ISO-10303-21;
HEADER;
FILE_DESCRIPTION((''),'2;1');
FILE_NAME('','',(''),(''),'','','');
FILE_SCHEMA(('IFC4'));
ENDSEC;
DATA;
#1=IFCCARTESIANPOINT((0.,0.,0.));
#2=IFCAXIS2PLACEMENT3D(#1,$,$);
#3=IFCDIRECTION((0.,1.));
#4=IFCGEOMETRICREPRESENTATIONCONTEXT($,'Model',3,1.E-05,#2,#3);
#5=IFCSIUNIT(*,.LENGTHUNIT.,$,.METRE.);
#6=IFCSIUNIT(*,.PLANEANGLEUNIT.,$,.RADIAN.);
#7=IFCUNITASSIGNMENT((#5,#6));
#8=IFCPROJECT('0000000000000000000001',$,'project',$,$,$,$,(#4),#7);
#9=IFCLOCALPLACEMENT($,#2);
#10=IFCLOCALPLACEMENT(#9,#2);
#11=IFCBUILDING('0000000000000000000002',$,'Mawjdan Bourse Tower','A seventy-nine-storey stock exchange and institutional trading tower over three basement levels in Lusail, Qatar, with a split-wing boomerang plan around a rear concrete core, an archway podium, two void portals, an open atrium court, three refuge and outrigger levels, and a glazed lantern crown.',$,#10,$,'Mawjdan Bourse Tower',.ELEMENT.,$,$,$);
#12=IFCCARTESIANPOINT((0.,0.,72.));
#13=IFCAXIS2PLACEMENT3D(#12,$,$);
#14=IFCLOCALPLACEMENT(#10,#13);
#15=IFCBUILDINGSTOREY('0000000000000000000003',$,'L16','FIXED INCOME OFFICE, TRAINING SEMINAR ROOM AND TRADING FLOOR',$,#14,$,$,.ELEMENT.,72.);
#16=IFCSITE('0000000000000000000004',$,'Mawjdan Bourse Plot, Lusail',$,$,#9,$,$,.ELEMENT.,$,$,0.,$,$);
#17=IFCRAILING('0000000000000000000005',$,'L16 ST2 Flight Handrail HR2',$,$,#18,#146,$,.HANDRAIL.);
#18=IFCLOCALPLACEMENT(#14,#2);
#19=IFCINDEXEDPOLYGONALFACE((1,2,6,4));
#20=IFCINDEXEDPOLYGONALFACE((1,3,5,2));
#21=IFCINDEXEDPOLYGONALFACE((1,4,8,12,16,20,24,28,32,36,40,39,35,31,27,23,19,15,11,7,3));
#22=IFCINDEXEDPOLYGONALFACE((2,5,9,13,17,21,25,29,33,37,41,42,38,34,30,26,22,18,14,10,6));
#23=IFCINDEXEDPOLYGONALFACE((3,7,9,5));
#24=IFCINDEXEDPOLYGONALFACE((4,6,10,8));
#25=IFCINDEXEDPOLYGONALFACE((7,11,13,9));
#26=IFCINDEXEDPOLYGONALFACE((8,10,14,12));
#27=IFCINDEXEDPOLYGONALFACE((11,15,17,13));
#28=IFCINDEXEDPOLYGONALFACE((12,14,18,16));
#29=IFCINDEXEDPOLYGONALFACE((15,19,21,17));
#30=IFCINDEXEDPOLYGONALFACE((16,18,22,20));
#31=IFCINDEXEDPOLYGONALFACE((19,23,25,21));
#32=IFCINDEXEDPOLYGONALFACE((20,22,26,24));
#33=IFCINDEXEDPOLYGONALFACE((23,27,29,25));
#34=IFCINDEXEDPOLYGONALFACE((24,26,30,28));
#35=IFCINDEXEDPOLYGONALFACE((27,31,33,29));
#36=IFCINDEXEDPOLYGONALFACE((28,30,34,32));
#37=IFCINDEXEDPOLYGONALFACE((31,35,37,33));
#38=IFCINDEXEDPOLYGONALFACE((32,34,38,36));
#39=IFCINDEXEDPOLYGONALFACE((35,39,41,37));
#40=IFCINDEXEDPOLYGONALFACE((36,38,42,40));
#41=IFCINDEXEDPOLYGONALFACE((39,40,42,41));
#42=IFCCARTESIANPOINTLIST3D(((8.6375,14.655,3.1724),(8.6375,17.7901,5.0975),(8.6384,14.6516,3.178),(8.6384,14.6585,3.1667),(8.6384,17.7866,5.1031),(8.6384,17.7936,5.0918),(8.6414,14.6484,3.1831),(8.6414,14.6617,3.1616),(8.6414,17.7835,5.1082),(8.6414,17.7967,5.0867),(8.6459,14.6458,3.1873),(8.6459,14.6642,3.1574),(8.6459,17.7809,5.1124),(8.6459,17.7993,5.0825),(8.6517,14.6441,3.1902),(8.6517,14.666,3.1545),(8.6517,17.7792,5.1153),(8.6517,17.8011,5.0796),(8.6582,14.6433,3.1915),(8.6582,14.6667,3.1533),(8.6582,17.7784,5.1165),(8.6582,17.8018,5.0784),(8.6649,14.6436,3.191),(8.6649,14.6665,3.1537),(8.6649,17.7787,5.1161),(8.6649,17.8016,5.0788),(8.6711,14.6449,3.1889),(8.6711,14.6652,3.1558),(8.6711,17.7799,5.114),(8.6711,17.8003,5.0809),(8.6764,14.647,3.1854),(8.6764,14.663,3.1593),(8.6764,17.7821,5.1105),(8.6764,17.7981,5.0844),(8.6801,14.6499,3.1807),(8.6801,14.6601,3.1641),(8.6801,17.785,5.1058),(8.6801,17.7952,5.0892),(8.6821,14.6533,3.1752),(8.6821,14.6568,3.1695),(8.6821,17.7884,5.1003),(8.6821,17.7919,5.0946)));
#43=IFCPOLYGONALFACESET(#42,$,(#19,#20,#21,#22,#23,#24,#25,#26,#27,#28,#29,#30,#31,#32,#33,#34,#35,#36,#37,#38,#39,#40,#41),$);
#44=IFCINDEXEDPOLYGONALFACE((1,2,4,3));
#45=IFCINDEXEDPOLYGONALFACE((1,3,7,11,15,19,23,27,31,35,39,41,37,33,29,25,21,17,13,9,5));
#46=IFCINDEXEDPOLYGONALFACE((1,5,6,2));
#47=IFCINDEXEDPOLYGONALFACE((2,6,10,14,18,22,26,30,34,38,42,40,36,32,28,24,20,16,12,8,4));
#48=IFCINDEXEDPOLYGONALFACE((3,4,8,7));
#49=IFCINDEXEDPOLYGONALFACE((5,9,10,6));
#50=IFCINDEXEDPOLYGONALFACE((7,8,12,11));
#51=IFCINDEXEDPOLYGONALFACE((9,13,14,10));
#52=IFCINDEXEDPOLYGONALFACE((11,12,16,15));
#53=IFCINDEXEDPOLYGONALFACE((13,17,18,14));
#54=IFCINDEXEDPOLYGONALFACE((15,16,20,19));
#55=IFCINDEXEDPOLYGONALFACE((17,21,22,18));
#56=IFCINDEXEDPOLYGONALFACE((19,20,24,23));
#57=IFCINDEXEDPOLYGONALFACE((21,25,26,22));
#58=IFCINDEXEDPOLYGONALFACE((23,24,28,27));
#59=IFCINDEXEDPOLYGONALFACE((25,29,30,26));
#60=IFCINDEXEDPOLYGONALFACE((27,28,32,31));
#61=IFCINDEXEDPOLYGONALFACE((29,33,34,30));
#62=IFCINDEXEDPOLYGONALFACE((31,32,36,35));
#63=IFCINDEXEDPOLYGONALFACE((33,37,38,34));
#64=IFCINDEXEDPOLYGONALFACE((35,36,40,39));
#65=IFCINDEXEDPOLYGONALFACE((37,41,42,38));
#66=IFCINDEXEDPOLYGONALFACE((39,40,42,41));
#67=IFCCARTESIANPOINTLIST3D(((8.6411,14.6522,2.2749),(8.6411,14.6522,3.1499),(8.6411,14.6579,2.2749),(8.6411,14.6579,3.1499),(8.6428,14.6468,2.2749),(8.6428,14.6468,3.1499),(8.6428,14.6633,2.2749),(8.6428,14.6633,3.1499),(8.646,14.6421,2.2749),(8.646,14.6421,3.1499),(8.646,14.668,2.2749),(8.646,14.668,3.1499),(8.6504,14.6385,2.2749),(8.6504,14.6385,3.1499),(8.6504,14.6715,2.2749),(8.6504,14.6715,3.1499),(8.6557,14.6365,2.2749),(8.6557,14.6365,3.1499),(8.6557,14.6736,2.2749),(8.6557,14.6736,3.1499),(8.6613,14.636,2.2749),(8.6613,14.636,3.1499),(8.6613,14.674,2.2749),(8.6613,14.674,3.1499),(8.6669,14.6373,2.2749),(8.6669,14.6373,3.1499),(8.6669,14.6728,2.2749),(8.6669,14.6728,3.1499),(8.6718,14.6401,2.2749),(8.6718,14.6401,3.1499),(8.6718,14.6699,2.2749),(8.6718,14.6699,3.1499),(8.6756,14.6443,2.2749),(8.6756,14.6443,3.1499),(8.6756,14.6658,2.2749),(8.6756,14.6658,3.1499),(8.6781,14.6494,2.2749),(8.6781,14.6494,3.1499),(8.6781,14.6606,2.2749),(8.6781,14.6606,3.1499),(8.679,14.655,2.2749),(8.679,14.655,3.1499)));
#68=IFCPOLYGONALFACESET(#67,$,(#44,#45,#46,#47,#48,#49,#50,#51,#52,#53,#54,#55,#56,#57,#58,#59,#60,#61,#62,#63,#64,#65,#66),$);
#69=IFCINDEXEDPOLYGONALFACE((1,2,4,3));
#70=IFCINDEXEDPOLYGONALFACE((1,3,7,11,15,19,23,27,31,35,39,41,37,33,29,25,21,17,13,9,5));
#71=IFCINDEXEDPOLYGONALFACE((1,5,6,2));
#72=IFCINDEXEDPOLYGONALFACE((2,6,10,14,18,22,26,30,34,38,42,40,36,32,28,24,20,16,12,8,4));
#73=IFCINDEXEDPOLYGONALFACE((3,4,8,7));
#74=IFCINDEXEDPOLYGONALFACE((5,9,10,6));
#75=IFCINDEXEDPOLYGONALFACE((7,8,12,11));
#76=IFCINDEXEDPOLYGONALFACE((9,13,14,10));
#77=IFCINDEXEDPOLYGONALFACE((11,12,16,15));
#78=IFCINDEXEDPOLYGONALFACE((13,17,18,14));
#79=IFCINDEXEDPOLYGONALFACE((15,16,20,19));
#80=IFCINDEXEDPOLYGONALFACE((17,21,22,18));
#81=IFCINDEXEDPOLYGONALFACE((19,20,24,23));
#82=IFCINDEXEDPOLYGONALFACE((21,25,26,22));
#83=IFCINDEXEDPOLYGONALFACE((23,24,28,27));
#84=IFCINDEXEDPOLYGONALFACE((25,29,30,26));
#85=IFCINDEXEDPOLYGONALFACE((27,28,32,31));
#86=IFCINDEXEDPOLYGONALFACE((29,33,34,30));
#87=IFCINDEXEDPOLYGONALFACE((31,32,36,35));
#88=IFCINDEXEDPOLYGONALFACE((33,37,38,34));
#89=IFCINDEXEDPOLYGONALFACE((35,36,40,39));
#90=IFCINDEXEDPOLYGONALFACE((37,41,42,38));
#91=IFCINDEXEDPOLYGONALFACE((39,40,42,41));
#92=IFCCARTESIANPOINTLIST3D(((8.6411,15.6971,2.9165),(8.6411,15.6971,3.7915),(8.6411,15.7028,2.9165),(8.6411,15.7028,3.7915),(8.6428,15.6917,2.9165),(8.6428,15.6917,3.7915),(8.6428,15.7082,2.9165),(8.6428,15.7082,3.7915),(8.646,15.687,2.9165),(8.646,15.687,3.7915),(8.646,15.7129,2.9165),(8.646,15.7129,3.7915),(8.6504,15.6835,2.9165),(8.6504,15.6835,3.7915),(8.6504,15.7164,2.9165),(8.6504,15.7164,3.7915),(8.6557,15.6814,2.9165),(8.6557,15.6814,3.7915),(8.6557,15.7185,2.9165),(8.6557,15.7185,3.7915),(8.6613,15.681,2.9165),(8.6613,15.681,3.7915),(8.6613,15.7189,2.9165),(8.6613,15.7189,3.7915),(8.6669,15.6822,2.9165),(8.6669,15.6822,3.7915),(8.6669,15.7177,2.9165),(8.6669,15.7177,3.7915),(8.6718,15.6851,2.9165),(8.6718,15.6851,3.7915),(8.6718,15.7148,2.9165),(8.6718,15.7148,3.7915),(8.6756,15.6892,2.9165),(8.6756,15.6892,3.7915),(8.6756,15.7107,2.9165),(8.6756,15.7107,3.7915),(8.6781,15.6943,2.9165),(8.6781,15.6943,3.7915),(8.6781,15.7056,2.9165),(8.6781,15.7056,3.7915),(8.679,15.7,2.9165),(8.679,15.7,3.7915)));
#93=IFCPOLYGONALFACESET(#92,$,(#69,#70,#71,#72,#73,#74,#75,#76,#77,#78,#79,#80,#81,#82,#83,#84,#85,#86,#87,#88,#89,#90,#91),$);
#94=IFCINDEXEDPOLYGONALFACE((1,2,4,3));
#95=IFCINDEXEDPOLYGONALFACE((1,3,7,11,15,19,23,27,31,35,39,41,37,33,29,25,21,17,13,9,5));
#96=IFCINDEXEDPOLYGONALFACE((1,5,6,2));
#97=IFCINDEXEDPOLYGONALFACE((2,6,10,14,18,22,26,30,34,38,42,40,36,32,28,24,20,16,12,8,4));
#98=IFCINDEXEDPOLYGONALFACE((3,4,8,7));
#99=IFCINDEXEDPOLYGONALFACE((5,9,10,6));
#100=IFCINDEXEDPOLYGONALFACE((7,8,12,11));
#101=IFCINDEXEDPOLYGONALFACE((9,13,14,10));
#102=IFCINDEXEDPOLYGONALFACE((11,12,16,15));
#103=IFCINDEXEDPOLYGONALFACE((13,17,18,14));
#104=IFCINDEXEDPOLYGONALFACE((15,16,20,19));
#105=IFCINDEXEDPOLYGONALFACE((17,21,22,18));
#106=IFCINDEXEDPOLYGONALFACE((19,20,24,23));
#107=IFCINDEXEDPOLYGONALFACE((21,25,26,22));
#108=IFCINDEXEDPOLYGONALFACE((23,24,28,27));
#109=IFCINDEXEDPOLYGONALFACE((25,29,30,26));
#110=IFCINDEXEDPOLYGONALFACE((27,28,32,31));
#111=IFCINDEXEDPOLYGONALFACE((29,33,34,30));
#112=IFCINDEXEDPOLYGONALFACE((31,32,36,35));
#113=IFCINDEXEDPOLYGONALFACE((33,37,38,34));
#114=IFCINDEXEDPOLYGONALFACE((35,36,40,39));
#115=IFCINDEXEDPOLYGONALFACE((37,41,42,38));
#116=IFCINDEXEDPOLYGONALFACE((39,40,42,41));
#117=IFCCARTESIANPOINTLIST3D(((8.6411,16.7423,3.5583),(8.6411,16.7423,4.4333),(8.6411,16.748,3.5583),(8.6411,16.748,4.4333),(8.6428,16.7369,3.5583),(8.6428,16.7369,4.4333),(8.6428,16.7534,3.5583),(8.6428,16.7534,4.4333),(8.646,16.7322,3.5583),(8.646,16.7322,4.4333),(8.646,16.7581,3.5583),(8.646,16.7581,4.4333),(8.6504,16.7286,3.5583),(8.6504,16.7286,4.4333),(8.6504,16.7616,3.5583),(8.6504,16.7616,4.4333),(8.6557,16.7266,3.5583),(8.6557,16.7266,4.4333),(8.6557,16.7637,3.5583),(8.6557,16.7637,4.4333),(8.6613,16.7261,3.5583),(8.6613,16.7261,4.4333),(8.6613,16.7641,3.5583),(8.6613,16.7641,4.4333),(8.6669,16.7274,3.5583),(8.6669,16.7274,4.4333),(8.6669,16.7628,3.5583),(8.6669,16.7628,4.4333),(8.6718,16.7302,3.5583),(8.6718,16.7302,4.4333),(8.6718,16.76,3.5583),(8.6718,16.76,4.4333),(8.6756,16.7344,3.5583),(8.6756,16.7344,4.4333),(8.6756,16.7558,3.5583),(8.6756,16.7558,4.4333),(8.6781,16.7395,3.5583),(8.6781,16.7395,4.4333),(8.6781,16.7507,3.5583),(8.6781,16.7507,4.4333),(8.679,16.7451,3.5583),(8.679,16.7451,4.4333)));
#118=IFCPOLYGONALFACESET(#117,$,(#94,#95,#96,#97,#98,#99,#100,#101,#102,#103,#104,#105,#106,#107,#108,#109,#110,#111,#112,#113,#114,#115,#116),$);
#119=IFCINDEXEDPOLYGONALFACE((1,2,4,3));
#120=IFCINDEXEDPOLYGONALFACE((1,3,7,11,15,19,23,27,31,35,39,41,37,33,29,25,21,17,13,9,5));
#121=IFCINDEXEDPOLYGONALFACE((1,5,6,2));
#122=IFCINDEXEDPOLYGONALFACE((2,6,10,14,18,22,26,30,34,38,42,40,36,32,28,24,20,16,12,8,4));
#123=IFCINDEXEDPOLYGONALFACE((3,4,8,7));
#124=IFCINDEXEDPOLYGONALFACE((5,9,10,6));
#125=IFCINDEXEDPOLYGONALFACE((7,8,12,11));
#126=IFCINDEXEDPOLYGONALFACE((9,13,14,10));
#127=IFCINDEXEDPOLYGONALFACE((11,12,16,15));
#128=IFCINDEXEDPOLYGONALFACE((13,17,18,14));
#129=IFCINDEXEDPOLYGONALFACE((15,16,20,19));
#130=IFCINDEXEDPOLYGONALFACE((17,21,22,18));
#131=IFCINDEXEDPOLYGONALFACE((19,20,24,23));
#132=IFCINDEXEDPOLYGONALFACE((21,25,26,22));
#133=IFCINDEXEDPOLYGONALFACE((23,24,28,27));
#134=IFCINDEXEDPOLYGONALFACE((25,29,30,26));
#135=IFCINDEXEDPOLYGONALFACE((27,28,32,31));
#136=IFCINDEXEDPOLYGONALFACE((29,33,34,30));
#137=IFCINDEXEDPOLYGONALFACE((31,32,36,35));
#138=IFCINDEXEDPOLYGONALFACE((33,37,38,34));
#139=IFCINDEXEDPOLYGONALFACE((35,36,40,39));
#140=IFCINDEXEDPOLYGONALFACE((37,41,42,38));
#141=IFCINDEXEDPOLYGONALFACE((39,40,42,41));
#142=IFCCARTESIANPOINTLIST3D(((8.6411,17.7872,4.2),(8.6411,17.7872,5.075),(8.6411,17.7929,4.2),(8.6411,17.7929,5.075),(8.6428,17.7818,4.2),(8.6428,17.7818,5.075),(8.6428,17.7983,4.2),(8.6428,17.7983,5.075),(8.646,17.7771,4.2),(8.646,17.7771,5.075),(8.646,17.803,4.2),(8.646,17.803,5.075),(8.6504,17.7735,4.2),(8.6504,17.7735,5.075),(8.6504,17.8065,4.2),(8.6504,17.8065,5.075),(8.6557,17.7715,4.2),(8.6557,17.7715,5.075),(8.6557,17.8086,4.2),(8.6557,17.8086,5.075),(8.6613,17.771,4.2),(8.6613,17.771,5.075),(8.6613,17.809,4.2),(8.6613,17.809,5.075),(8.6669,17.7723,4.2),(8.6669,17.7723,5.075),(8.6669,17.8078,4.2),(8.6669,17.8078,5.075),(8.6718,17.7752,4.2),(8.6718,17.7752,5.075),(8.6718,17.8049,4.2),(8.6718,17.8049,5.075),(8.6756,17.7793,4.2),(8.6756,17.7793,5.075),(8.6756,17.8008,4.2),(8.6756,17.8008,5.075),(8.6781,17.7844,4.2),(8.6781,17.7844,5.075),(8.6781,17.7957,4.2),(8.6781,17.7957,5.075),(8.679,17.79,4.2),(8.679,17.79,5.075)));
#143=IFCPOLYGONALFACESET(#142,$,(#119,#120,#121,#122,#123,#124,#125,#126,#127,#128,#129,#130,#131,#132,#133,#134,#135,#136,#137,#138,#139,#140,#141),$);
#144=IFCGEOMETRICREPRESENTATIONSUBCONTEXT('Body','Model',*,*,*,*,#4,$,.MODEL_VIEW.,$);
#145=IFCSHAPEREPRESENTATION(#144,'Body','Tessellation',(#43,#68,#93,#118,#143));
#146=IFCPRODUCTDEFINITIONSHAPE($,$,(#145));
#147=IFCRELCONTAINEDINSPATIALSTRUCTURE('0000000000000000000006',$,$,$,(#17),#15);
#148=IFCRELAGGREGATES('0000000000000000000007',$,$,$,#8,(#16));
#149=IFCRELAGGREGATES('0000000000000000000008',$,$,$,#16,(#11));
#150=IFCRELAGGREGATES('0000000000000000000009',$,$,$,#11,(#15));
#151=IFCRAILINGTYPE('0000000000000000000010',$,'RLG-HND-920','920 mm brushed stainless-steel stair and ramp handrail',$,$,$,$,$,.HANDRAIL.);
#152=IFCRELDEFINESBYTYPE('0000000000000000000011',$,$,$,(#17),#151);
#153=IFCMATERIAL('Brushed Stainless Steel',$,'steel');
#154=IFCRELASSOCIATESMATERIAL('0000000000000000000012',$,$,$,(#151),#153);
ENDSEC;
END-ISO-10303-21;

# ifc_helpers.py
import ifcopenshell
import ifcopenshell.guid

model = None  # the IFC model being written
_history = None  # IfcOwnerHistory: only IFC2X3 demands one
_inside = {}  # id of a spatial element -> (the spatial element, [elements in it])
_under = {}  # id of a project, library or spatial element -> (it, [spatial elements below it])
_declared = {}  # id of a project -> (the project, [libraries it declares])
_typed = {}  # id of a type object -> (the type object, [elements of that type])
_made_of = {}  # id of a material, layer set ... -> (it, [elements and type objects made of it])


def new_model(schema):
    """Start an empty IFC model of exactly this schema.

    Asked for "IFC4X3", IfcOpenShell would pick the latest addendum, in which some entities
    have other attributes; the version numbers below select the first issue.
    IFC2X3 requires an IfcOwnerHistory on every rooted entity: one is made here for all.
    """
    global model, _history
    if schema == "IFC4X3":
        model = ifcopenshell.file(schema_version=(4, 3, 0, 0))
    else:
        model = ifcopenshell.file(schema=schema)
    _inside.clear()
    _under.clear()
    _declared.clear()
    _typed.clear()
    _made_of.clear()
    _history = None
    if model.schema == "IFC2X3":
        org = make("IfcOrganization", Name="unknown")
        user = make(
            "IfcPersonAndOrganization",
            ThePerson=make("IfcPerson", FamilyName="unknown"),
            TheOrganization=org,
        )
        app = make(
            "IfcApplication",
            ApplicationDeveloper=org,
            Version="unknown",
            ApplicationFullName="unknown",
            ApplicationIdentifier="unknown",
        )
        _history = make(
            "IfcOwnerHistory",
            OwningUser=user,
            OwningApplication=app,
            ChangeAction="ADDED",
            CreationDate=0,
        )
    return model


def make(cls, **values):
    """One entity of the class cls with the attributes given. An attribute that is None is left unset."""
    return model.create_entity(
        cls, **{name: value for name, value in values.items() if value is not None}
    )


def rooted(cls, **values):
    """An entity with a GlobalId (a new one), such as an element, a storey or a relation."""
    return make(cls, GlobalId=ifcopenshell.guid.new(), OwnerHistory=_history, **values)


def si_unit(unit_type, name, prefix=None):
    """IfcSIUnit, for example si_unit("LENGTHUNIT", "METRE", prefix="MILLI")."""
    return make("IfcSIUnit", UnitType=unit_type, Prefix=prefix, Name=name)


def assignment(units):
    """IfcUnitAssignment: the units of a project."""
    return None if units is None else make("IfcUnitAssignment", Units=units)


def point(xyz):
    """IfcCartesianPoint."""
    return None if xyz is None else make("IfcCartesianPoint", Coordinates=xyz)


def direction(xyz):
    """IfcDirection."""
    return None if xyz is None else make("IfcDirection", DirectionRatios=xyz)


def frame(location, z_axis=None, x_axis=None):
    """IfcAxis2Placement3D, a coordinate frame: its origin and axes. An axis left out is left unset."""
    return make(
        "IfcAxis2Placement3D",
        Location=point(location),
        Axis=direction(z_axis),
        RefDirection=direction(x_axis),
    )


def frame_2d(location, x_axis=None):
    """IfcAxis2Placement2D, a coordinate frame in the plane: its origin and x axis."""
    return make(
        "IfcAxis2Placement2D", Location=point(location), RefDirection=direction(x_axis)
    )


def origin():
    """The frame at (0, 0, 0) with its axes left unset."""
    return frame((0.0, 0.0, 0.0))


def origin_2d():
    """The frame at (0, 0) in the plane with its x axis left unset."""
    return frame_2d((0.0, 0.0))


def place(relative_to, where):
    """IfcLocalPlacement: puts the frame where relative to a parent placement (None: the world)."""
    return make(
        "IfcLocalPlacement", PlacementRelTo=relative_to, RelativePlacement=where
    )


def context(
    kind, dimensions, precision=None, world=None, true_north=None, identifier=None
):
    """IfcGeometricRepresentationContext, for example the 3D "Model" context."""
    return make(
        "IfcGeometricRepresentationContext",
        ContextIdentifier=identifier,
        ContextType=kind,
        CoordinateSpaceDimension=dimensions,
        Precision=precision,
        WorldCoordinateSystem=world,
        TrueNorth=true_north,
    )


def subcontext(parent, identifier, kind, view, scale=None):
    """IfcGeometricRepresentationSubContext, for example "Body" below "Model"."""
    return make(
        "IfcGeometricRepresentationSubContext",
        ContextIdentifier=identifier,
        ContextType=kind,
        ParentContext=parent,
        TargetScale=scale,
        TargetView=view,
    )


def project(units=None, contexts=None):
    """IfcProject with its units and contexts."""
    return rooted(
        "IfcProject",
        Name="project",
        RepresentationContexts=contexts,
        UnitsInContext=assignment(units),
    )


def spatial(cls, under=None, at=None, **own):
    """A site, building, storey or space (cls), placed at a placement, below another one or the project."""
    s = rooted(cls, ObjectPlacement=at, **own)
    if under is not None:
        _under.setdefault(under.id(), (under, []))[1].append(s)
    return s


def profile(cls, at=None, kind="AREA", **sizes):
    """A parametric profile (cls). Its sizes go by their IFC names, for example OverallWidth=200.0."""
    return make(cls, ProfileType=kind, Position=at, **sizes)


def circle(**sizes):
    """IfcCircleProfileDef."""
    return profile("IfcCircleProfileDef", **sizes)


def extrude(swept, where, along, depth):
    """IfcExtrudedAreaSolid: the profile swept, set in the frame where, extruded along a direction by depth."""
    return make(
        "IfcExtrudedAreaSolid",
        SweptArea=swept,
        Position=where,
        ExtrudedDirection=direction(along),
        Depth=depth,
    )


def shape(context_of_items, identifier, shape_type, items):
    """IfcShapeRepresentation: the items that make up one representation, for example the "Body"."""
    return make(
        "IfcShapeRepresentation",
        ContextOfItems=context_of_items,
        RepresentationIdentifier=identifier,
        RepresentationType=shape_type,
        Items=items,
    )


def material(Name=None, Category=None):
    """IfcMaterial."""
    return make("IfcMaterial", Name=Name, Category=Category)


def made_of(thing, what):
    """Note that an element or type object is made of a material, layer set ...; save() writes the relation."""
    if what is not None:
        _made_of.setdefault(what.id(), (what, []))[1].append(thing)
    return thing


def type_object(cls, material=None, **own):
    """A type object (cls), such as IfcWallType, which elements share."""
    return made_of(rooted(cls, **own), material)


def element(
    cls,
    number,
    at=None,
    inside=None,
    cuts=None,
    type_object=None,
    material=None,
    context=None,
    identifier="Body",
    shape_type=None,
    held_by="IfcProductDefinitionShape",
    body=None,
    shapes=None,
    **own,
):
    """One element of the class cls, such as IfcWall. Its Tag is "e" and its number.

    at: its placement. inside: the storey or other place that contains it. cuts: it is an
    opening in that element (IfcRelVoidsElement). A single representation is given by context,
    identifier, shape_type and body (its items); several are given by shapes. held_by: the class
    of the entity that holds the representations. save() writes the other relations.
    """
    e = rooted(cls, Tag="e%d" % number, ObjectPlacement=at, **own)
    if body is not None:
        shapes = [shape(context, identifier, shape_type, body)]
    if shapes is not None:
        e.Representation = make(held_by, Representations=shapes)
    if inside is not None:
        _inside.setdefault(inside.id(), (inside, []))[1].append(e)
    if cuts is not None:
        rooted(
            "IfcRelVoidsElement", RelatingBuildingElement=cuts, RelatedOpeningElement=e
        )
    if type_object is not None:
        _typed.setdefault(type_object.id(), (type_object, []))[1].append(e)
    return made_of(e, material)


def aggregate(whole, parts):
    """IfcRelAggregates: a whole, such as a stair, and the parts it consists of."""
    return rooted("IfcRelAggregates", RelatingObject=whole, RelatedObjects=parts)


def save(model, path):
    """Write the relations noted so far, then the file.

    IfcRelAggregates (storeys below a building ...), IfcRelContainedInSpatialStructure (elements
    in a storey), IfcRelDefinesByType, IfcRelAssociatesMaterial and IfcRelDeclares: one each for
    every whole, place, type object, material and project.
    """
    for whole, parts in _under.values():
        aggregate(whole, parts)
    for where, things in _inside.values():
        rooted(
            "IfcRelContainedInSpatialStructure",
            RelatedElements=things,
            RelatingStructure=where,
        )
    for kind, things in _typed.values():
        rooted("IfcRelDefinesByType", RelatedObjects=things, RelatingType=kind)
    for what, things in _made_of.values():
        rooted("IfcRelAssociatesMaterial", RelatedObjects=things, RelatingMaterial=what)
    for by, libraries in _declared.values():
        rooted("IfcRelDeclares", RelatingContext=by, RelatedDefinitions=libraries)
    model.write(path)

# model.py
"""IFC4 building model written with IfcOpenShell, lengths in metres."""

from ifc_helpers import new_model, si_unit, direction, frame, origin, origin_2d, place, context, subcontext, project, spatial, circle, extrude, material, type_object, element, save


model = new_model("IFC4")

# Units and contexts
model_context = context("Model", 3, precision=1e-05, world=origin(), true_north=direction((0.0, 1.0)))
body_context = subcontext(model_context, "Body", "Model", "MODEL_VIEW")
ifc_project = project(units=[si_unit("LENGTHUNIT", "METRE"), si_unit("PLANEANGLEUNIT", "RADIAN")], contexts=[model_context])

# Site, building, storey
site_placement = place(None, origin())
site = spatial("IfcSite", under=ifc_project, at=site_placement, Name="Mawjdan Bourse Plot, Lusail", CompositionType="ELEMENT", RefElevation=0.0)
building_placement = place(site_placement, origin())
building = spatial("IfcBuilding", under=site, at=building_placement, Name="Mawjdan Bourse Tower", Description="A seventy-nine-storey stock exchange and institutional trading tower over three basement levels in Lusail, Qatar, with a split-wing boomerang plan around a rear concrete core, an archway podium, two void portals, an open atrium court, three refuge and outrigger levels, and a glazed lantern crown.", LongName="Mawjdan Bourse Tower", CompositionType="ELEMENT")
storey_placement = place(building_placement, frame((0.0, 0.0, 72.0)))
storey = spatial("IfcBuildingStorey", under=building, at=storey_placement, Name="L16", Description="FIXED INCOME OFFICE, TRAINING SEMINAR ROOM AND TRADING FLOOR", CompositionType="ELEMENT", Elevation=72.0)

# Railing
ifc_material_1 = material(Name="Brushed Stainless Steel", Category="steel")
railing_type_1 = type_object("IfcRailingType", Name="RLG-HND-920", Description="920 mm brushed stainless-steel stair and ramp handrail", PredefinedType="HANDRAIL", material=ifc_material_1)
railing_1_placement = place(storey_placement, frame((8.6599, 14.655, 2.2749)))
element("IfcRailing", 1, at=railing_1_placement, inside=storey, type_object=railing_type_1, Name="L16 ST2 Flight Handrail HR2", PredefinedType="HANDRAIL", context=body_context, shape_type="SweptSolid", body=[
    extrude(circle(Radius=0.0225, at=origin_2d()), frame((0.0, 0.0, 0.8975), z_axis=(0.0, 0.852166, 0.523271), x_axis=(-1.0, 0.0, 0.0)), (0.0, 0.0, 1.0), 3.679),
    extrude(circle(Radius=0.019, at=origin_2d()), origin(), (0.0, 0.0, 1.0), 0.875),
    extrude(circle(Radius=0.019, at=origin_2d()), frame((0.0, 1.0449, 0.6416)), (0.0, 0.0, 1.0), 0.875),
    extrude(circle(Radius=0.019, at=origin_2d()), frame((0.0, 2.0901, 1.2834)), (0.0, 0.0, 1.0), 0.875),
    extrude(circle(Radius=0.019, at=origin_2d()), frame((0.0, 3.135, 1.925)), (0.0, 0.0, 1.0), 0.875),
])

save(model, "model.ifc")
